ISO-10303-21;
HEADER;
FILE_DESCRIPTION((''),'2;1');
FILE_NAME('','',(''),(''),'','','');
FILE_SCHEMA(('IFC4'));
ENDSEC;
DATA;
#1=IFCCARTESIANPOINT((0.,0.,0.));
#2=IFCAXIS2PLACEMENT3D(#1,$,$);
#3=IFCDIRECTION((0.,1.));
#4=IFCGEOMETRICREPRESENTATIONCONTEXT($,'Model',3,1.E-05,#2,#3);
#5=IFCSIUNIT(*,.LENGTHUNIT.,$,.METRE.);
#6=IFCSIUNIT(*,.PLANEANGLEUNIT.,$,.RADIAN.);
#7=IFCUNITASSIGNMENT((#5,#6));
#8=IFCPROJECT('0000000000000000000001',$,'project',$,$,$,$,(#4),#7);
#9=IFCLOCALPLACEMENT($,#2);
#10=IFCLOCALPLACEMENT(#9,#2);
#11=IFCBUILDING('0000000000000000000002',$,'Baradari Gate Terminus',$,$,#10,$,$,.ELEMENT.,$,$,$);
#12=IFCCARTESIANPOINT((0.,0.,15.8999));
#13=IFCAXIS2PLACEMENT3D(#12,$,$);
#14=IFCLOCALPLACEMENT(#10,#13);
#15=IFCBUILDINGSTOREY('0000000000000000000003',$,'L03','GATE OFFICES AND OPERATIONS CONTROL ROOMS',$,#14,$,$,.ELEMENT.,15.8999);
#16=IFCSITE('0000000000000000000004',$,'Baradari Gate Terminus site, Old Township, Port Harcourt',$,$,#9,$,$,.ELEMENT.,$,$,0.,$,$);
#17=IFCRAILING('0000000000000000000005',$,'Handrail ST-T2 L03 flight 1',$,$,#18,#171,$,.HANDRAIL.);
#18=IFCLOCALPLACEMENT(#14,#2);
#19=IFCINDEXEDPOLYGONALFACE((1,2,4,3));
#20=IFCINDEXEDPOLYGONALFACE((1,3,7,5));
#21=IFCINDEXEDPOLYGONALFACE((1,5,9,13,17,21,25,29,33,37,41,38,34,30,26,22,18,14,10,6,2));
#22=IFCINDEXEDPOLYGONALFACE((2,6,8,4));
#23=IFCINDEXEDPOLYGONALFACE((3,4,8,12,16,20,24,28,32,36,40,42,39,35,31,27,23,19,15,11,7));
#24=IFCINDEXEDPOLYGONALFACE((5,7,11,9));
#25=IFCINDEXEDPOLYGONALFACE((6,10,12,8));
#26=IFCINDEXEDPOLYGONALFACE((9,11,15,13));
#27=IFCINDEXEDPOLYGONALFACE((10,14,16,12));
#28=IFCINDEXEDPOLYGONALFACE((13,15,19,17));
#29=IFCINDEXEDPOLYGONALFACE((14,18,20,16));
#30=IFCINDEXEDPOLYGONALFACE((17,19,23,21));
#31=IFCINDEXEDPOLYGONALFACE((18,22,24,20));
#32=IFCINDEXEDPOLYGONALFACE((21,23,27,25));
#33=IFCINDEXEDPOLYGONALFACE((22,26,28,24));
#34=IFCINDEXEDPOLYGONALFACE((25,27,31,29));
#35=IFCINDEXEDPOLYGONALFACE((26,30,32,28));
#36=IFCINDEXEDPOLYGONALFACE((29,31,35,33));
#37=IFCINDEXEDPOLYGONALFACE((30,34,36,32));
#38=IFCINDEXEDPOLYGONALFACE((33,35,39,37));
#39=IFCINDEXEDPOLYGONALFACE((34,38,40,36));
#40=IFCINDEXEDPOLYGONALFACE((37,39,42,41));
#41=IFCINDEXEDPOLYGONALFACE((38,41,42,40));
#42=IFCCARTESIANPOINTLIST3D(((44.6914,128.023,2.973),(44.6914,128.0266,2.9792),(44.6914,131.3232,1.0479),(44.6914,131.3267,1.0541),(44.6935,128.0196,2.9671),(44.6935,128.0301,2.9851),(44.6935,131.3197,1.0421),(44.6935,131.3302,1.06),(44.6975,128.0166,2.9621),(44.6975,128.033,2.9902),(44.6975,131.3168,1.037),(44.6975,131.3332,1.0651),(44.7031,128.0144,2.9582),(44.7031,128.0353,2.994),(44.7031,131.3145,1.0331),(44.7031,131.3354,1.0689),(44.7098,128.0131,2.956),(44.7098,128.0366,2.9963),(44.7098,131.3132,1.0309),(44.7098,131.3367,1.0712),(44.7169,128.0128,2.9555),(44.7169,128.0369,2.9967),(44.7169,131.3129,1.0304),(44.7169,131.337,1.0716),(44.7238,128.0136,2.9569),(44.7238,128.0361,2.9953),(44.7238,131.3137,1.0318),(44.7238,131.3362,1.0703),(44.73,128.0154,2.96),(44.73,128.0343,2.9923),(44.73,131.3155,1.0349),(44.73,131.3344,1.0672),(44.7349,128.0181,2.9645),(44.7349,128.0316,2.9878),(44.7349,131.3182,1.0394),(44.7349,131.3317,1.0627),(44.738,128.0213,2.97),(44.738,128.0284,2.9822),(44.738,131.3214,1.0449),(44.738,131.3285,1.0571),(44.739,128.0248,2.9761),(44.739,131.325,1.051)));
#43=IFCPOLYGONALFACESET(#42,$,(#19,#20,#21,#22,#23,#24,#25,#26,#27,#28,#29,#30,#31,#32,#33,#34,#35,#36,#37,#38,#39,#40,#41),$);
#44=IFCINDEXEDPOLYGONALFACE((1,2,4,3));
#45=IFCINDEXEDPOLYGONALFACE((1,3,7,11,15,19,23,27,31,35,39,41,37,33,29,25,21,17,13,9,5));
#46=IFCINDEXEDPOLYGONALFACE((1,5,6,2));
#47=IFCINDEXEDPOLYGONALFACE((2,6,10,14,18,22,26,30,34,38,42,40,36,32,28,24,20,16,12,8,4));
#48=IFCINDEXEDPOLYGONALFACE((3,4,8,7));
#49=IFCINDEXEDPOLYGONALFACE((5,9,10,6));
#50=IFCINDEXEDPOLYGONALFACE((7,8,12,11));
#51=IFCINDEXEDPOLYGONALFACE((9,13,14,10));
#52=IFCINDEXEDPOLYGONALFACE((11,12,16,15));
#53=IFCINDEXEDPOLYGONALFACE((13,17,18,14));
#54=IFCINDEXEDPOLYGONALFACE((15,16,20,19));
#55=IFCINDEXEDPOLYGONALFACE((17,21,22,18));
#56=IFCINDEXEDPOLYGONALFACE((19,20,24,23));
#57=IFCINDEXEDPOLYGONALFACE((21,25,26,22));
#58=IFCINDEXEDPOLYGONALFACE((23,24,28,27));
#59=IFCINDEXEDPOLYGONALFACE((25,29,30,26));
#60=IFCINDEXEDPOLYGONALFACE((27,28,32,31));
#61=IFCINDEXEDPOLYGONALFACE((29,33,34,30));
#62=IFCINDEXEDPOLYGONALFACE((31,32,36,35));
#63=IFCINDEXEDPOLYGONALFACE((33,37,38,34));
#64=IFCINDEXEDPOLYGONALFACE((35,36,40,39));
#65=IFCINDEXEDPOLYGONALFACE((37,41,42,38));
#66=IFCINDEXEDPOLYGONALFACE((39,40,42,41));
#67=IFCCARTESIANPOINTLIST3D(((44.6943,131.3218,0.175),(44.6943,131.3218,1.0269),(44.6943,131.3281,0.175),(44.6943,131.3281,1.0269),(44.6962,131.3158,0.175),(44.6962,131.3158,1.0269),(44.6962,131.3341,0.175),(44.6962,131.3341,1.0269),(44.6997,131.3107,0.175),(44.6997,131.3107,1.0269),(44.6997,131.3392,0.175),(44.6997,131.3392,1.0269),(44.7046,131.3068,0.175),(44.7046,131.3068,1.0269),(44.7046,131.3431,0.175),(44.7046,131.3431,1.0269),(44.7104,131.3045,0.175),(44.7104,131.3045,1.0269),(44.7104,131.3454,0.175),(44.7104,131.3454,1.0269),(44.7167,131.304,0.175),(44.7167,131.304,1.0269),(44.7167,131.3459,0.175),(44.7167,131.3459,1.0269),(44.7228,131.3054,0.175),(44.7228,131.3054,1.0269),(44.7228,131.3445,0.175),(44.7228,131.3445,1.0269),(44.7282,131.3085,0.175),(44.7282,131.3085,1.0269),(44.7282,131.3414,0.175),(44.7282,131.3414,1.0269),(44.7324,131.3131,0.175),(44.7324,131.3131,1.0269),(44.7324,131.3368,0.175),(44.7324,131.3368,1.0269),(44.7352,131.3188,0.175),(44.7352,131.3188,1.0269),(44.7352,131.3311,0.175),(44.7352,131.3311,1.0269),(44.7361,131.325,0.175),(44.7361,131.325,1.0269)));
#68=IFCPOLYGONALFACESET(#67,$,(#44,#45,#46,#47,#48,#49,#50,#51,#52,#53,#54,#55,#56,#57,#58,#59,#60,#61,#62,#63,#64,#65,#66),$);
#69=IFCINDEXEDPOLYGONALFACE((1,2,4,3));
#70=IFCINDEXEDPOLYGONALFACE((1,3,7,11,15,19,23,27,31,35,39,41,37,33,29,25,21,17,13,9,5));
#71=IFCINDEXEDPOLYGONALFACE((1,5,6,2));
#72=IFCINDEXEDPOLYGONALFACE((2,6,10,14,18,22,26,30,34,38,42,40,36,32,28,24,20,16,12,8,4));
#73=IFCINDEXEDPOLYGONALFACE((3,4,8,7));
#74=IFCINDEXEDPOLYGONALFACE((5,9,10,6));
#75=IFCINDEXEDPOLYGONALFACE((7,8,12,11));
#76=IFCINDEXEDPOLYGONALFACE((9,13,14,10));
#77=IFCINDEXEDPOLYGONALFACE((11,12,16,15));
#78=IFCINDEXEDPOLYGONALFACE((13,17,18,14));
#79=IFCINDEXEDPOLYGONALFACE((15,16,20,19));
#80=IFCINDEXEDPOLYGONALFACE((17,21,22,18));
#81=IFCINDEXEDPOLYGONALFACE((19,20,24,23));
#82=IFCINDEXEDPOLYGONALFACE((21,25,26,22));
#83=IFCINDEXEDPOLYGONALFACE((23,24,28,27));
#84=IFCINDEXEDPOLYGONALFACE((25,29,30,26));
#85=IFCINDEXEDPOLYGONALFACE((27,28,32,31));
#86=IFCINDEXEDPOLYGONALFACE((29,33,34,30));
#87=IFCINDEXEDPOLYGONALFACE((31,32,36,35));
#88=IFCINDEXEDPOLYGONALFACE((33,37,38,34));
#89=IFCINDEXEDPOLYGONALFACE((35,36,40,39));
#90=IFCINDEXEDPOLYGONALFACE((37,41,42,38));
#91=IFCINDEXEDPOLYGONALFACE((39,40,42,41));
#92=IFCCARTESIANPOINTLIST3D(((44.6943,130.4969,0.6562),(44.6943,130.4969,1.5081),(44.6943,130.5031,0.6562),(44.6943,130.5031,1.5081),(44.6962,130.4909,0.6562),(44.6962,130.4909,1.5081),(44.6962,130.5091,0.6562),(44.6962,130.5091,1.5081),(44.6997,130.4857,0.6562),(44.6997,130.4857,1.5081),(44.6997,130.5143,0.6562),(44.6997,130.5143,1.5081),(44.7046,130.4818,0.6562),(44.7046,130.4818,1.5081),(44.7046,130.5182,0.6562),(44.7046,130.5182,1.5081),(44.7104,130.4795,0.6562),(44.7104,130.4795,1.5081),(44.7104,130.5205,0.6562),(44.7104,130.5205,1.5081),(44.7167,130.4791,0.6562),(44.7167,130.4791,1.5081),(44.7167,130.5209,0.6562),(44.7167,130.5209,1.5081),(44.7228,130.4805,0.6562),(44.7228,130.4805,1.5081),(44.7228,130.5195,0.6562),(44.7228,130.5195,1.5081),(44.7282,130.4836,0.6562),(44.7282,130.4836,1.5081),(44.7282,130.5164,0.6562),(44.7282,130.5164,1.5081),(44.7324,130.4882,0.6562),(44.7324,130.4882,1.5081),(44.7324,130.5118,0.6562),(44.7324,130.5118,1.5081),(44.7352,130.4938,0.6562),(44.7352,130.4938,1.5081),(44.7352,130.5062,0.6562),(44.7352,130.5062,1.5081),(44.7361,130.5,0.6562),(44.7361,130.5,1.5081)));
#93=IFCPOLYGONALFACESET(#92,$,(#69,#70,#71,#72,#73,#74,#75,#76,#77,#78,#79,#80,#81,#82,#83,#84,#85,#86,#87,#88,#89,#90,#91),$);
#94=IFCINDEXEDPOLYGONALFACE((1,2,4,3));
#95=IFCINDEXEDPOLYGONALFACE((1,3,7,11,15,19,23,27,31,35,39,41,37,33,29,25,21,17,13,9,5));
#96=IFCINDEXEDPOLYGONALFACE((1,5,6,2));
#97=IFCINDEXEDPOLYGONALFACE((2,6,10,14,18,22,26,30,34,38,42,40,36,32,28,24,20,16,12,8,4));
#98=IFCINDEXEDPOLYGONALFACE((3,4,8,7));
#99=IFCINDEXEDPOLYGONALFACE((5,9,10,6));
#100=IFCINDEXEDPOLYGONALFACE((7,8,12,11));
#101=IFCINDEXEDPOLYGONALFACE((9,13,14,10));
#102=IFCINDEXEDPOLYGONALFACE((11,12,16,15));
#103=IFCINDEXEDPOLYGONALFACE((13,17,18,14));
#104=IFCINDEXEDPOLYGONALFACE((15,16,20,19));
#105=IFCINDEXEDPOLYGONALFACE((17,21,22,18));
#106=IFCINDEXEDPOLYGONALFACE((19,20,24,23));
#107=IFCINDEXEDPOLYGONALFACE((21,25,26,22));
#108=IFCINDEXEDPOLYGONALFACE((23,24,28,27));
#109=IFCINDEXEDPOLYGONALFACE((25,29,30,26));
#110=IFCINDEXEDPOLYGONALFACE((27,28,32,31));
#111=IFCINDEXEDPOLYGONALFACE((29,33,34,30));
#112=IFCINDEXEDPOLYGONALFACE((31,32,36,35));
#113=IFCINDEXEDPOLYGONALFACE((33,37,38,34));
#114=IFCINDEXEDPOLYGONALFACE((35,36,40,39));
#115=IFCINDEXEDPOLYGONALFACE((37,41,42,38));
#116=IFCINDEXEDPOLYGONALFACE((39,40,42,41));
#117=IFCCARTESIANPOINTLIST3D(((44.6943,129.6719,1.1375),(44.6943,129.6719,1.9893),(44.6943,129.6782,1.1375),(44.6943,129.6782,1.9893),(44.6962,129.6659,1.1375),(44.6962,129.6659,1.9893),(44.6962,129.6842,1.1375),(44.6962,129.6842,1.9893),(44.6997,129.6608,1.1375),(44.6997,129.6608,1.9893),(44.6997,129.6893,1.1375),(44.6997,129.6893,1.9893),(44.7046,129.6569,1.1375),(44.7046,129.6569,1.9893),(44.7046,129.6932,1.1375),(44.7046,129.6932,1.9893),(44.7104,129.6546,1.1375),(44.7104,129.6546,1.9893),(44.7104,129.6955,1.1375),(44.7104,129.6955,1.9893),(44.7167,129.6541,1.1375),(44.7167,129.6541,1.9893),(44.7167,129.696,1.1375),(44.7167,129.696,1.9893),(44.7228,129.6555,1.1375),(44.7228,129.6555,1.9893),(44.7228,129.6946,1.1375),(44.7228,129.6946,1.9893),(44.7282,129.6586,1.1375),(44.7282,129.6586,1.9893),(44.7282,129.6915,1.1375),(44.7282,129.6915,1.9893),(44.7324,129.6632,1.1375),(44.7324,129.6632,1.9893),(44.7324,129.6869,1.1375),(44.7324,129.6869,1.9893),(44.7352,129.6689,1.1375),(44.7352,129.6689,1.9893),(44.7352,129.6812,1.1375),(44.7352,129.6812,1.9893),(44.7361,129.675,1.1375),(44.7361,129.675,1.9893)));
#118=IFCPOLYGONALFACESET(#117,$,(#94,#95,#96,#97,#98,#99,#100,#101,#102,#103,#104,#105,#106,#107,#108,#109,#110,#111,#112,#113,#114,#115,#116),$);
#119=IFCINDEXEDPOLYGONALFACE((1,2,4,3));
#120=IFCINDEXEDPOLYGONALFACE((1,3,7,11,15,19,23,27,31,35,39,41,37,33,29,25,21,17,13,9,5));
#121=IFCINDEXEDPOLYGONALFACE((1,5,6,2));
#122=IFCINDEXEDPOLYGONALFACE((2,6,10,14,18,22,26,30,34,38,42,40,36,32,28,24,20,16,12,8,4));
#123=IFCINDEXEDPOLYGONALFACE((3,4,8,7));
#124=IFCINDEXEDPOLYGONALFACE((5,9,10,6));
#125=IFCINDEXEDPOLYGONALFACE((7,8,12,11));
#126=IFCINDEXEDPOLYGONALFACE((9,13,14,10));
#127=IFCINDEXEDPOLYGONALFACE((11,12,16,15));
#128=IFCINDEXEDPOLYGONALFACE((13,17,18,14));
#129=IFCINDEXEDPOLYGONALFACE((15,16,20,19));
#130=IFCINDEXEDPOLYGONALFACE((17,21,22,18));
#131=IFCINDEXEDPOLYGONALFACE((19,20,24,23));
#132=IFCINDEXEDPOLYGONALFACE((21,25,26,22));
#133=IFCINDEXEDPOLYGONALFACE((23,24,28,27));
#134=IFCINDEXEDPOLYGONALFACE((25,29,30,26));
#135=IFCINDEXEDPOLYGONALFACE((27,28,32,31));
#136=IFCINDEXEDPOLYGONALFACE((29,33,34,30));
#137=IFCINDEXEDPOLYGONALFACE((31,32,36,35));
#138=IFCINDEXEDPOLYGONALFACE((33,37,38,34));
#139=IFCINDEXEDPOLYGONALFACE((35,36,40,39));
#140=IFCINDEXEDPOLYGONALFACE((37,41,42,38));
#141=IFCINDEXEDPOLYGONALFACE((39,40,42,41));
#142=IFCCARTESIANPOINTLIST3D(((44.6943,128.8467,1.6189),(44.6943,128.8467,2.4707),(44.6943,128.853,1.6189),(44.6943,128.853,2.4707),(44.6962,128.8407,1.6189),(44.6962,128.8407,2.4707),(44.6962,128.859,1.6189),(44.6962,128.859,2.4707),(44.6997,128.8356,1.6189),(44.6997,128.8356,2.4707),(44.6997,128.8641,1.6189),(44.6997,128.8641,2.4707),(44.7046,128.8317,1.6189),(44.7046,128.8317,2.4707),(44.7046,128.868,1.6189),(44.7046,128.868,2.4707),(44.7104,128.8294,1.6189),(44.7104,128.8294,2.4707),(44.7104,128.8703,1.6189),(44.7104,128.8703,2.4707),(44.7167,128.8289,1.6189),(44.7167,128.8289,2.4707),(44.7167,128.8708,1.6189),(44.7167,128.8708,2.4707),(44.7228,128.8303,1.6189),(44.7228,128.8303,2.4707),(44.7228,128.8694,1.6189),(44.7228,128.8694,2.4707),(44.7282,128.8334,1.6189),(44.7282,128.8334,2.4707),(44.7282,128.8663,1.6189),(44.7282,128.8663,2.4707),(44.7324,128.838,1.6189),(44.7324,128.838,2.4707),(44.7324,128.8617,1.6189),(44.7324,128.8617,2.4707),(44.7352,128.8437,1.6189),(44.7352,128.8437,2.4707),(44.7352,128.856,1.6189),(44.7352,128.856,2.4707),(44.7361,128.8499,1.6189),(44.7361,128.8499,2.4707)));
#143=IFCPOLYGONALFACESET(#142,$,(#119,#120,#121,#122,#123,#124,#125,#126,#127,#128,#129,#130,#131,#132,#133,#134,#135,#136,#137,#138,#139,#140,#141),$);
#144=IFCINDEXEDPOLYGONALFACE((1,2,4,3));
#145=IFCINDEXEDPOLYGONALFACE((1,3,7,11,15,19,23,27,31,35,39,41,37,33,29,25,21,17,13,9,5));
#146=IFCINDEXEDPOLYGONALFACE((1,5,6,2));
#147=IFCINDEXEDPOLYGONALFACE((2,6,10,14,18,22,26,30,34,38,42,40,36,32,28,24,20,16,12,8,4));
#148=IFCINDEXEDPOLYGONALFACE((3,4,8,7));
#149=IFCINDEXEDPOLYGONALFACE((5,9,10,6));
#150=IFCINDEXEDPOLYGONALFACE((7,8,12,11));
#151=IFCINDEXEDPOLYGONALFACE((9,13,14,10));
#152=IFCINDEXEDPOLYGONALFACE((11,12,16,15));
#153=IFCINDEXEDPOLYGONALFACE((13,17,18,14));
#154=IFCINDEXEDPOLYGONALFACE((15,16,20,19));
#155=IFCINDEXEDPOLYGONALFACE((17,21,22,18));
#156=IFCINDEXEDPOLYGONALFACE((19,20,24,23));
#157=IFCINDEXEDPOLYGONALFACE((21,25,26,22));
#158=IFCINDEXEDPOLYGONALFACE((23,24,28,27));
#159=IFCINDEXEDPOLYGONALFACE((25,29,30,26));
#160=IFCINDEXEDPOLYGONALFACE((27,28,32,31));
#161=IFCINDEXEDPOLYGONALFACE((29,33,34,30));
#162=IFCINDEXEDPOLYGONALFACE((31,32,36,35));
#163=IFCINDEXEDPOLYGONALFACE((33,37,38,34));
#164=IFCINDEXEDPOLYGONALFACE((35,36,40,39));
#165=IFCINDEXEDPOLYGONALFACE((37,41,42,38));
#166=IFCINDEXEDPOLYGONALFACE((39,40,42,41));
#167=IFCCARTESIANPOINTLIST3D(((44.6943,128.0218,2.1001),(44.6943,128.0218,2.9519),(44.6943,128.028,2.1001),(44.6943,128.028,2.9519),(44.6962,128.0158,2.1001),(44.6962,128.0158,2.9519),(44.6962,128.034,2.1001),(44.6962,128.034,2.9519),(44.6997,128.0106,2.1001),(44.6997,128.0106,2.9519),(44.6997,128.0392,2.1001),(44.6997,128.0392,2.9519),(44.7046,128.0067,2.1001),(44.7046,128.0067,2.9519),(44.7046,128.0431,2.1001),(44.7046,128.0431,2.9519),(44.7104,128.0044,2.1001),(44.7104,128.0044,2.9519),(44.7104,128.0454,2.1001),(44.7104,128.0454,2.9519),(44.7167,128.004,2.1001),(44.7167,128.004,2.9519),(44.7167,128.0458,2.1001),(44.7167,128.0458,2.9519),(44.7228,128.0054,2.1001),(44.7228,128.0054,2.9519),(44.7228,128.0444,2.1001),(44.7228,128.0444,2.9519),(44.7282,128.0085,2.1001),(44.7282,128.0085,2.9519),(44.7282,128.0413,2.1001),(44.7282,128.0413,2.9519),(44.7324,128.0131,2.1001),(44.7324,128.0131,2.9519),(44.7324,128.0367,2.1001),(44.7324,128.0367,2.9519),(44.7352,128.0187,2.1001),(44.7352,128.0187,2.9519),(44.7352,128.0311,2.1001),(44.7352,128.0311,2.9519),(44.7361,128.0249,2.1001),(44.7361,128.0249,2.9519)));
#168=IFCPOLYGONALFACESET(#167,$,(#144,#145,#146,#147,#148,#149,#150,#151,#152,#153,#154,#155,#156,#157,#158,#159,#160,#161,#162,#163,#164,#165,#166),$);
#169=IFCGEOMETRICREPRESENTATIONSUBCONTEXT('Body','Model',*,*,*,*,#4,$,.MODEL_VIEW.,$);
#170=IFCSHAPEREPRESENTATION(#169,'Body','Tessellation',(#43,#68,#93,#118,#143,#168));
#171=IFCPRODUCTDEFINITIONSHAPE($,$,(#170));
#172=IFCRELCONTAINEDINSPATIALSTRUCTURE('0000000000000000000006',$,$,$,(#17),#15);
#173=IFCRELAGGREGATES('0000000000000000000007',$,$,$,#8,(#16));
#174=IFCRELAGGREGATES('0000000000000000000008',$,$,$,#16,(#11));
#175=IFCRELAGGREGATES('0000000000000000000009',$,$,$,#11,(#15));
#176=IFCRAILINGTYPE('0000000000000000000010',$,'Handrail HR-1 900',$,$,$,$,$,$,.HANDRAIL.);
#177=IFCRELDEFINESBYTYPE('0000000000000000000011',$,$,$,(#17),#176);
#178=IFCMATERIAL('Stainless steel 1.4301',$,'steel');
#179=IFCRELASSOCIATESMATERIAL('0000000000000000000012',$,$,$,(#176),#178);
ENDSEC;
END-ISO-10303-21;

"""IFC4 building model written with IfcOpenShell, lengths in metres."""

from ifc_helpers import new_model, si_unit, direction, frame, origin, origin_2d, place, context, subcontext, project, spatial, circle, extrude, material, type_object, element, save


model = new_model("IFC4")

# Units and contexts
model_context = context("Model", 3, precision=1e-05, world=origin(), true_north=direction((0.0, 1.0)))
body_context = subcontext(model_context, "Body", "Model", "MODEL_VIEW")
ifc_project = project(units=[si_unit("LENGTHUNIT", "METRE"), si_unit("PLANEANGLEUNIT", "RADIAN")], contexts=[model_context])

# Site, building, storey
site_placement = place(None, origin())
site = spatial("IfcSite", under=ifc_project, at=site_placement, Name="Baradari Gate Terminus site, Old Township, Port Harcourt", CompositionType="ELEMENT", RefElevation=0.0)
building_placement = place(site_placement, origin())
building = spatial("IfcBuilding", under=site, at=building_placement, Name="Baradari Gate Terminus", CompositionType="ELEMENT")
storey_placement = place(building_placement, frame((0.0, 0.0, 15.8999)))
storey = spatial("IfcBuildingStorey", under=building, at=storey_placement, Name="L03", Description="GATE OFFICES AND OPERATIONS CONTROL ROOMS", CompositionType="ELEMENT", Elevation=15.8999)

# Railing
ifc_material_1 = material(Name="Stainless steel 1.4301", Category="steel")
railing_type_1 = type_object("IfcRailingType", Name="Handrail HR-1 900", PredefinedType="HANDRAIL", material=ifc_material_1)
for number, where, name in (
    (1, (44.7151, 131.325, 0.175), "Handrail ST-T2 L03 flight 1"),
):
    element("IfcRailing", number, at=place(storey_placement, frame(where)), inside=storey, type_object=railing_type_1, Name=name, PredefinedType="HANDRAIL", context=body_context, shape_type="SweptSolid", body=[
        extrude(circle(Radius=0.0239, at=origin_2d()), frame((0.0, 0.0, 0.876), z_axis=(0.0, -0.863777, 0.503875), x_axis=(1.0, 0.0, 0.0)), (0.0, 0.0, 1.0), 3.8206),
        extrude(circle(Radius=0.021, at=origin_2d()), origin(), (0.0, 0.0, 1.0), 0.8518),
        extrude(circle(Radius=0.021, at=origin_2d()), frame((0.0, -0.825, 0.4812)), (0.0, 0.0, 1.0), 0.8518),
        extrude(circle(Radius=0.021, at=origin_2d()), frame((0.0, -1.6499, 0.9624)), (0.0, 0.0, 1.0), 0.8518),
        extrude(circle(Radius=0.021, at=origin_2d()), frame((0.0, -2.4751, 1.4438)), (0.0, 0.0, 1.0), 0.8518),
        extrude(circle(Radius=0.021, at=origin_2d()), frame((0.0, -3.3, 1.925)), (0.0, 0.0, 1.0), 0.8518),
    ])

save(model, "model.ifc")
